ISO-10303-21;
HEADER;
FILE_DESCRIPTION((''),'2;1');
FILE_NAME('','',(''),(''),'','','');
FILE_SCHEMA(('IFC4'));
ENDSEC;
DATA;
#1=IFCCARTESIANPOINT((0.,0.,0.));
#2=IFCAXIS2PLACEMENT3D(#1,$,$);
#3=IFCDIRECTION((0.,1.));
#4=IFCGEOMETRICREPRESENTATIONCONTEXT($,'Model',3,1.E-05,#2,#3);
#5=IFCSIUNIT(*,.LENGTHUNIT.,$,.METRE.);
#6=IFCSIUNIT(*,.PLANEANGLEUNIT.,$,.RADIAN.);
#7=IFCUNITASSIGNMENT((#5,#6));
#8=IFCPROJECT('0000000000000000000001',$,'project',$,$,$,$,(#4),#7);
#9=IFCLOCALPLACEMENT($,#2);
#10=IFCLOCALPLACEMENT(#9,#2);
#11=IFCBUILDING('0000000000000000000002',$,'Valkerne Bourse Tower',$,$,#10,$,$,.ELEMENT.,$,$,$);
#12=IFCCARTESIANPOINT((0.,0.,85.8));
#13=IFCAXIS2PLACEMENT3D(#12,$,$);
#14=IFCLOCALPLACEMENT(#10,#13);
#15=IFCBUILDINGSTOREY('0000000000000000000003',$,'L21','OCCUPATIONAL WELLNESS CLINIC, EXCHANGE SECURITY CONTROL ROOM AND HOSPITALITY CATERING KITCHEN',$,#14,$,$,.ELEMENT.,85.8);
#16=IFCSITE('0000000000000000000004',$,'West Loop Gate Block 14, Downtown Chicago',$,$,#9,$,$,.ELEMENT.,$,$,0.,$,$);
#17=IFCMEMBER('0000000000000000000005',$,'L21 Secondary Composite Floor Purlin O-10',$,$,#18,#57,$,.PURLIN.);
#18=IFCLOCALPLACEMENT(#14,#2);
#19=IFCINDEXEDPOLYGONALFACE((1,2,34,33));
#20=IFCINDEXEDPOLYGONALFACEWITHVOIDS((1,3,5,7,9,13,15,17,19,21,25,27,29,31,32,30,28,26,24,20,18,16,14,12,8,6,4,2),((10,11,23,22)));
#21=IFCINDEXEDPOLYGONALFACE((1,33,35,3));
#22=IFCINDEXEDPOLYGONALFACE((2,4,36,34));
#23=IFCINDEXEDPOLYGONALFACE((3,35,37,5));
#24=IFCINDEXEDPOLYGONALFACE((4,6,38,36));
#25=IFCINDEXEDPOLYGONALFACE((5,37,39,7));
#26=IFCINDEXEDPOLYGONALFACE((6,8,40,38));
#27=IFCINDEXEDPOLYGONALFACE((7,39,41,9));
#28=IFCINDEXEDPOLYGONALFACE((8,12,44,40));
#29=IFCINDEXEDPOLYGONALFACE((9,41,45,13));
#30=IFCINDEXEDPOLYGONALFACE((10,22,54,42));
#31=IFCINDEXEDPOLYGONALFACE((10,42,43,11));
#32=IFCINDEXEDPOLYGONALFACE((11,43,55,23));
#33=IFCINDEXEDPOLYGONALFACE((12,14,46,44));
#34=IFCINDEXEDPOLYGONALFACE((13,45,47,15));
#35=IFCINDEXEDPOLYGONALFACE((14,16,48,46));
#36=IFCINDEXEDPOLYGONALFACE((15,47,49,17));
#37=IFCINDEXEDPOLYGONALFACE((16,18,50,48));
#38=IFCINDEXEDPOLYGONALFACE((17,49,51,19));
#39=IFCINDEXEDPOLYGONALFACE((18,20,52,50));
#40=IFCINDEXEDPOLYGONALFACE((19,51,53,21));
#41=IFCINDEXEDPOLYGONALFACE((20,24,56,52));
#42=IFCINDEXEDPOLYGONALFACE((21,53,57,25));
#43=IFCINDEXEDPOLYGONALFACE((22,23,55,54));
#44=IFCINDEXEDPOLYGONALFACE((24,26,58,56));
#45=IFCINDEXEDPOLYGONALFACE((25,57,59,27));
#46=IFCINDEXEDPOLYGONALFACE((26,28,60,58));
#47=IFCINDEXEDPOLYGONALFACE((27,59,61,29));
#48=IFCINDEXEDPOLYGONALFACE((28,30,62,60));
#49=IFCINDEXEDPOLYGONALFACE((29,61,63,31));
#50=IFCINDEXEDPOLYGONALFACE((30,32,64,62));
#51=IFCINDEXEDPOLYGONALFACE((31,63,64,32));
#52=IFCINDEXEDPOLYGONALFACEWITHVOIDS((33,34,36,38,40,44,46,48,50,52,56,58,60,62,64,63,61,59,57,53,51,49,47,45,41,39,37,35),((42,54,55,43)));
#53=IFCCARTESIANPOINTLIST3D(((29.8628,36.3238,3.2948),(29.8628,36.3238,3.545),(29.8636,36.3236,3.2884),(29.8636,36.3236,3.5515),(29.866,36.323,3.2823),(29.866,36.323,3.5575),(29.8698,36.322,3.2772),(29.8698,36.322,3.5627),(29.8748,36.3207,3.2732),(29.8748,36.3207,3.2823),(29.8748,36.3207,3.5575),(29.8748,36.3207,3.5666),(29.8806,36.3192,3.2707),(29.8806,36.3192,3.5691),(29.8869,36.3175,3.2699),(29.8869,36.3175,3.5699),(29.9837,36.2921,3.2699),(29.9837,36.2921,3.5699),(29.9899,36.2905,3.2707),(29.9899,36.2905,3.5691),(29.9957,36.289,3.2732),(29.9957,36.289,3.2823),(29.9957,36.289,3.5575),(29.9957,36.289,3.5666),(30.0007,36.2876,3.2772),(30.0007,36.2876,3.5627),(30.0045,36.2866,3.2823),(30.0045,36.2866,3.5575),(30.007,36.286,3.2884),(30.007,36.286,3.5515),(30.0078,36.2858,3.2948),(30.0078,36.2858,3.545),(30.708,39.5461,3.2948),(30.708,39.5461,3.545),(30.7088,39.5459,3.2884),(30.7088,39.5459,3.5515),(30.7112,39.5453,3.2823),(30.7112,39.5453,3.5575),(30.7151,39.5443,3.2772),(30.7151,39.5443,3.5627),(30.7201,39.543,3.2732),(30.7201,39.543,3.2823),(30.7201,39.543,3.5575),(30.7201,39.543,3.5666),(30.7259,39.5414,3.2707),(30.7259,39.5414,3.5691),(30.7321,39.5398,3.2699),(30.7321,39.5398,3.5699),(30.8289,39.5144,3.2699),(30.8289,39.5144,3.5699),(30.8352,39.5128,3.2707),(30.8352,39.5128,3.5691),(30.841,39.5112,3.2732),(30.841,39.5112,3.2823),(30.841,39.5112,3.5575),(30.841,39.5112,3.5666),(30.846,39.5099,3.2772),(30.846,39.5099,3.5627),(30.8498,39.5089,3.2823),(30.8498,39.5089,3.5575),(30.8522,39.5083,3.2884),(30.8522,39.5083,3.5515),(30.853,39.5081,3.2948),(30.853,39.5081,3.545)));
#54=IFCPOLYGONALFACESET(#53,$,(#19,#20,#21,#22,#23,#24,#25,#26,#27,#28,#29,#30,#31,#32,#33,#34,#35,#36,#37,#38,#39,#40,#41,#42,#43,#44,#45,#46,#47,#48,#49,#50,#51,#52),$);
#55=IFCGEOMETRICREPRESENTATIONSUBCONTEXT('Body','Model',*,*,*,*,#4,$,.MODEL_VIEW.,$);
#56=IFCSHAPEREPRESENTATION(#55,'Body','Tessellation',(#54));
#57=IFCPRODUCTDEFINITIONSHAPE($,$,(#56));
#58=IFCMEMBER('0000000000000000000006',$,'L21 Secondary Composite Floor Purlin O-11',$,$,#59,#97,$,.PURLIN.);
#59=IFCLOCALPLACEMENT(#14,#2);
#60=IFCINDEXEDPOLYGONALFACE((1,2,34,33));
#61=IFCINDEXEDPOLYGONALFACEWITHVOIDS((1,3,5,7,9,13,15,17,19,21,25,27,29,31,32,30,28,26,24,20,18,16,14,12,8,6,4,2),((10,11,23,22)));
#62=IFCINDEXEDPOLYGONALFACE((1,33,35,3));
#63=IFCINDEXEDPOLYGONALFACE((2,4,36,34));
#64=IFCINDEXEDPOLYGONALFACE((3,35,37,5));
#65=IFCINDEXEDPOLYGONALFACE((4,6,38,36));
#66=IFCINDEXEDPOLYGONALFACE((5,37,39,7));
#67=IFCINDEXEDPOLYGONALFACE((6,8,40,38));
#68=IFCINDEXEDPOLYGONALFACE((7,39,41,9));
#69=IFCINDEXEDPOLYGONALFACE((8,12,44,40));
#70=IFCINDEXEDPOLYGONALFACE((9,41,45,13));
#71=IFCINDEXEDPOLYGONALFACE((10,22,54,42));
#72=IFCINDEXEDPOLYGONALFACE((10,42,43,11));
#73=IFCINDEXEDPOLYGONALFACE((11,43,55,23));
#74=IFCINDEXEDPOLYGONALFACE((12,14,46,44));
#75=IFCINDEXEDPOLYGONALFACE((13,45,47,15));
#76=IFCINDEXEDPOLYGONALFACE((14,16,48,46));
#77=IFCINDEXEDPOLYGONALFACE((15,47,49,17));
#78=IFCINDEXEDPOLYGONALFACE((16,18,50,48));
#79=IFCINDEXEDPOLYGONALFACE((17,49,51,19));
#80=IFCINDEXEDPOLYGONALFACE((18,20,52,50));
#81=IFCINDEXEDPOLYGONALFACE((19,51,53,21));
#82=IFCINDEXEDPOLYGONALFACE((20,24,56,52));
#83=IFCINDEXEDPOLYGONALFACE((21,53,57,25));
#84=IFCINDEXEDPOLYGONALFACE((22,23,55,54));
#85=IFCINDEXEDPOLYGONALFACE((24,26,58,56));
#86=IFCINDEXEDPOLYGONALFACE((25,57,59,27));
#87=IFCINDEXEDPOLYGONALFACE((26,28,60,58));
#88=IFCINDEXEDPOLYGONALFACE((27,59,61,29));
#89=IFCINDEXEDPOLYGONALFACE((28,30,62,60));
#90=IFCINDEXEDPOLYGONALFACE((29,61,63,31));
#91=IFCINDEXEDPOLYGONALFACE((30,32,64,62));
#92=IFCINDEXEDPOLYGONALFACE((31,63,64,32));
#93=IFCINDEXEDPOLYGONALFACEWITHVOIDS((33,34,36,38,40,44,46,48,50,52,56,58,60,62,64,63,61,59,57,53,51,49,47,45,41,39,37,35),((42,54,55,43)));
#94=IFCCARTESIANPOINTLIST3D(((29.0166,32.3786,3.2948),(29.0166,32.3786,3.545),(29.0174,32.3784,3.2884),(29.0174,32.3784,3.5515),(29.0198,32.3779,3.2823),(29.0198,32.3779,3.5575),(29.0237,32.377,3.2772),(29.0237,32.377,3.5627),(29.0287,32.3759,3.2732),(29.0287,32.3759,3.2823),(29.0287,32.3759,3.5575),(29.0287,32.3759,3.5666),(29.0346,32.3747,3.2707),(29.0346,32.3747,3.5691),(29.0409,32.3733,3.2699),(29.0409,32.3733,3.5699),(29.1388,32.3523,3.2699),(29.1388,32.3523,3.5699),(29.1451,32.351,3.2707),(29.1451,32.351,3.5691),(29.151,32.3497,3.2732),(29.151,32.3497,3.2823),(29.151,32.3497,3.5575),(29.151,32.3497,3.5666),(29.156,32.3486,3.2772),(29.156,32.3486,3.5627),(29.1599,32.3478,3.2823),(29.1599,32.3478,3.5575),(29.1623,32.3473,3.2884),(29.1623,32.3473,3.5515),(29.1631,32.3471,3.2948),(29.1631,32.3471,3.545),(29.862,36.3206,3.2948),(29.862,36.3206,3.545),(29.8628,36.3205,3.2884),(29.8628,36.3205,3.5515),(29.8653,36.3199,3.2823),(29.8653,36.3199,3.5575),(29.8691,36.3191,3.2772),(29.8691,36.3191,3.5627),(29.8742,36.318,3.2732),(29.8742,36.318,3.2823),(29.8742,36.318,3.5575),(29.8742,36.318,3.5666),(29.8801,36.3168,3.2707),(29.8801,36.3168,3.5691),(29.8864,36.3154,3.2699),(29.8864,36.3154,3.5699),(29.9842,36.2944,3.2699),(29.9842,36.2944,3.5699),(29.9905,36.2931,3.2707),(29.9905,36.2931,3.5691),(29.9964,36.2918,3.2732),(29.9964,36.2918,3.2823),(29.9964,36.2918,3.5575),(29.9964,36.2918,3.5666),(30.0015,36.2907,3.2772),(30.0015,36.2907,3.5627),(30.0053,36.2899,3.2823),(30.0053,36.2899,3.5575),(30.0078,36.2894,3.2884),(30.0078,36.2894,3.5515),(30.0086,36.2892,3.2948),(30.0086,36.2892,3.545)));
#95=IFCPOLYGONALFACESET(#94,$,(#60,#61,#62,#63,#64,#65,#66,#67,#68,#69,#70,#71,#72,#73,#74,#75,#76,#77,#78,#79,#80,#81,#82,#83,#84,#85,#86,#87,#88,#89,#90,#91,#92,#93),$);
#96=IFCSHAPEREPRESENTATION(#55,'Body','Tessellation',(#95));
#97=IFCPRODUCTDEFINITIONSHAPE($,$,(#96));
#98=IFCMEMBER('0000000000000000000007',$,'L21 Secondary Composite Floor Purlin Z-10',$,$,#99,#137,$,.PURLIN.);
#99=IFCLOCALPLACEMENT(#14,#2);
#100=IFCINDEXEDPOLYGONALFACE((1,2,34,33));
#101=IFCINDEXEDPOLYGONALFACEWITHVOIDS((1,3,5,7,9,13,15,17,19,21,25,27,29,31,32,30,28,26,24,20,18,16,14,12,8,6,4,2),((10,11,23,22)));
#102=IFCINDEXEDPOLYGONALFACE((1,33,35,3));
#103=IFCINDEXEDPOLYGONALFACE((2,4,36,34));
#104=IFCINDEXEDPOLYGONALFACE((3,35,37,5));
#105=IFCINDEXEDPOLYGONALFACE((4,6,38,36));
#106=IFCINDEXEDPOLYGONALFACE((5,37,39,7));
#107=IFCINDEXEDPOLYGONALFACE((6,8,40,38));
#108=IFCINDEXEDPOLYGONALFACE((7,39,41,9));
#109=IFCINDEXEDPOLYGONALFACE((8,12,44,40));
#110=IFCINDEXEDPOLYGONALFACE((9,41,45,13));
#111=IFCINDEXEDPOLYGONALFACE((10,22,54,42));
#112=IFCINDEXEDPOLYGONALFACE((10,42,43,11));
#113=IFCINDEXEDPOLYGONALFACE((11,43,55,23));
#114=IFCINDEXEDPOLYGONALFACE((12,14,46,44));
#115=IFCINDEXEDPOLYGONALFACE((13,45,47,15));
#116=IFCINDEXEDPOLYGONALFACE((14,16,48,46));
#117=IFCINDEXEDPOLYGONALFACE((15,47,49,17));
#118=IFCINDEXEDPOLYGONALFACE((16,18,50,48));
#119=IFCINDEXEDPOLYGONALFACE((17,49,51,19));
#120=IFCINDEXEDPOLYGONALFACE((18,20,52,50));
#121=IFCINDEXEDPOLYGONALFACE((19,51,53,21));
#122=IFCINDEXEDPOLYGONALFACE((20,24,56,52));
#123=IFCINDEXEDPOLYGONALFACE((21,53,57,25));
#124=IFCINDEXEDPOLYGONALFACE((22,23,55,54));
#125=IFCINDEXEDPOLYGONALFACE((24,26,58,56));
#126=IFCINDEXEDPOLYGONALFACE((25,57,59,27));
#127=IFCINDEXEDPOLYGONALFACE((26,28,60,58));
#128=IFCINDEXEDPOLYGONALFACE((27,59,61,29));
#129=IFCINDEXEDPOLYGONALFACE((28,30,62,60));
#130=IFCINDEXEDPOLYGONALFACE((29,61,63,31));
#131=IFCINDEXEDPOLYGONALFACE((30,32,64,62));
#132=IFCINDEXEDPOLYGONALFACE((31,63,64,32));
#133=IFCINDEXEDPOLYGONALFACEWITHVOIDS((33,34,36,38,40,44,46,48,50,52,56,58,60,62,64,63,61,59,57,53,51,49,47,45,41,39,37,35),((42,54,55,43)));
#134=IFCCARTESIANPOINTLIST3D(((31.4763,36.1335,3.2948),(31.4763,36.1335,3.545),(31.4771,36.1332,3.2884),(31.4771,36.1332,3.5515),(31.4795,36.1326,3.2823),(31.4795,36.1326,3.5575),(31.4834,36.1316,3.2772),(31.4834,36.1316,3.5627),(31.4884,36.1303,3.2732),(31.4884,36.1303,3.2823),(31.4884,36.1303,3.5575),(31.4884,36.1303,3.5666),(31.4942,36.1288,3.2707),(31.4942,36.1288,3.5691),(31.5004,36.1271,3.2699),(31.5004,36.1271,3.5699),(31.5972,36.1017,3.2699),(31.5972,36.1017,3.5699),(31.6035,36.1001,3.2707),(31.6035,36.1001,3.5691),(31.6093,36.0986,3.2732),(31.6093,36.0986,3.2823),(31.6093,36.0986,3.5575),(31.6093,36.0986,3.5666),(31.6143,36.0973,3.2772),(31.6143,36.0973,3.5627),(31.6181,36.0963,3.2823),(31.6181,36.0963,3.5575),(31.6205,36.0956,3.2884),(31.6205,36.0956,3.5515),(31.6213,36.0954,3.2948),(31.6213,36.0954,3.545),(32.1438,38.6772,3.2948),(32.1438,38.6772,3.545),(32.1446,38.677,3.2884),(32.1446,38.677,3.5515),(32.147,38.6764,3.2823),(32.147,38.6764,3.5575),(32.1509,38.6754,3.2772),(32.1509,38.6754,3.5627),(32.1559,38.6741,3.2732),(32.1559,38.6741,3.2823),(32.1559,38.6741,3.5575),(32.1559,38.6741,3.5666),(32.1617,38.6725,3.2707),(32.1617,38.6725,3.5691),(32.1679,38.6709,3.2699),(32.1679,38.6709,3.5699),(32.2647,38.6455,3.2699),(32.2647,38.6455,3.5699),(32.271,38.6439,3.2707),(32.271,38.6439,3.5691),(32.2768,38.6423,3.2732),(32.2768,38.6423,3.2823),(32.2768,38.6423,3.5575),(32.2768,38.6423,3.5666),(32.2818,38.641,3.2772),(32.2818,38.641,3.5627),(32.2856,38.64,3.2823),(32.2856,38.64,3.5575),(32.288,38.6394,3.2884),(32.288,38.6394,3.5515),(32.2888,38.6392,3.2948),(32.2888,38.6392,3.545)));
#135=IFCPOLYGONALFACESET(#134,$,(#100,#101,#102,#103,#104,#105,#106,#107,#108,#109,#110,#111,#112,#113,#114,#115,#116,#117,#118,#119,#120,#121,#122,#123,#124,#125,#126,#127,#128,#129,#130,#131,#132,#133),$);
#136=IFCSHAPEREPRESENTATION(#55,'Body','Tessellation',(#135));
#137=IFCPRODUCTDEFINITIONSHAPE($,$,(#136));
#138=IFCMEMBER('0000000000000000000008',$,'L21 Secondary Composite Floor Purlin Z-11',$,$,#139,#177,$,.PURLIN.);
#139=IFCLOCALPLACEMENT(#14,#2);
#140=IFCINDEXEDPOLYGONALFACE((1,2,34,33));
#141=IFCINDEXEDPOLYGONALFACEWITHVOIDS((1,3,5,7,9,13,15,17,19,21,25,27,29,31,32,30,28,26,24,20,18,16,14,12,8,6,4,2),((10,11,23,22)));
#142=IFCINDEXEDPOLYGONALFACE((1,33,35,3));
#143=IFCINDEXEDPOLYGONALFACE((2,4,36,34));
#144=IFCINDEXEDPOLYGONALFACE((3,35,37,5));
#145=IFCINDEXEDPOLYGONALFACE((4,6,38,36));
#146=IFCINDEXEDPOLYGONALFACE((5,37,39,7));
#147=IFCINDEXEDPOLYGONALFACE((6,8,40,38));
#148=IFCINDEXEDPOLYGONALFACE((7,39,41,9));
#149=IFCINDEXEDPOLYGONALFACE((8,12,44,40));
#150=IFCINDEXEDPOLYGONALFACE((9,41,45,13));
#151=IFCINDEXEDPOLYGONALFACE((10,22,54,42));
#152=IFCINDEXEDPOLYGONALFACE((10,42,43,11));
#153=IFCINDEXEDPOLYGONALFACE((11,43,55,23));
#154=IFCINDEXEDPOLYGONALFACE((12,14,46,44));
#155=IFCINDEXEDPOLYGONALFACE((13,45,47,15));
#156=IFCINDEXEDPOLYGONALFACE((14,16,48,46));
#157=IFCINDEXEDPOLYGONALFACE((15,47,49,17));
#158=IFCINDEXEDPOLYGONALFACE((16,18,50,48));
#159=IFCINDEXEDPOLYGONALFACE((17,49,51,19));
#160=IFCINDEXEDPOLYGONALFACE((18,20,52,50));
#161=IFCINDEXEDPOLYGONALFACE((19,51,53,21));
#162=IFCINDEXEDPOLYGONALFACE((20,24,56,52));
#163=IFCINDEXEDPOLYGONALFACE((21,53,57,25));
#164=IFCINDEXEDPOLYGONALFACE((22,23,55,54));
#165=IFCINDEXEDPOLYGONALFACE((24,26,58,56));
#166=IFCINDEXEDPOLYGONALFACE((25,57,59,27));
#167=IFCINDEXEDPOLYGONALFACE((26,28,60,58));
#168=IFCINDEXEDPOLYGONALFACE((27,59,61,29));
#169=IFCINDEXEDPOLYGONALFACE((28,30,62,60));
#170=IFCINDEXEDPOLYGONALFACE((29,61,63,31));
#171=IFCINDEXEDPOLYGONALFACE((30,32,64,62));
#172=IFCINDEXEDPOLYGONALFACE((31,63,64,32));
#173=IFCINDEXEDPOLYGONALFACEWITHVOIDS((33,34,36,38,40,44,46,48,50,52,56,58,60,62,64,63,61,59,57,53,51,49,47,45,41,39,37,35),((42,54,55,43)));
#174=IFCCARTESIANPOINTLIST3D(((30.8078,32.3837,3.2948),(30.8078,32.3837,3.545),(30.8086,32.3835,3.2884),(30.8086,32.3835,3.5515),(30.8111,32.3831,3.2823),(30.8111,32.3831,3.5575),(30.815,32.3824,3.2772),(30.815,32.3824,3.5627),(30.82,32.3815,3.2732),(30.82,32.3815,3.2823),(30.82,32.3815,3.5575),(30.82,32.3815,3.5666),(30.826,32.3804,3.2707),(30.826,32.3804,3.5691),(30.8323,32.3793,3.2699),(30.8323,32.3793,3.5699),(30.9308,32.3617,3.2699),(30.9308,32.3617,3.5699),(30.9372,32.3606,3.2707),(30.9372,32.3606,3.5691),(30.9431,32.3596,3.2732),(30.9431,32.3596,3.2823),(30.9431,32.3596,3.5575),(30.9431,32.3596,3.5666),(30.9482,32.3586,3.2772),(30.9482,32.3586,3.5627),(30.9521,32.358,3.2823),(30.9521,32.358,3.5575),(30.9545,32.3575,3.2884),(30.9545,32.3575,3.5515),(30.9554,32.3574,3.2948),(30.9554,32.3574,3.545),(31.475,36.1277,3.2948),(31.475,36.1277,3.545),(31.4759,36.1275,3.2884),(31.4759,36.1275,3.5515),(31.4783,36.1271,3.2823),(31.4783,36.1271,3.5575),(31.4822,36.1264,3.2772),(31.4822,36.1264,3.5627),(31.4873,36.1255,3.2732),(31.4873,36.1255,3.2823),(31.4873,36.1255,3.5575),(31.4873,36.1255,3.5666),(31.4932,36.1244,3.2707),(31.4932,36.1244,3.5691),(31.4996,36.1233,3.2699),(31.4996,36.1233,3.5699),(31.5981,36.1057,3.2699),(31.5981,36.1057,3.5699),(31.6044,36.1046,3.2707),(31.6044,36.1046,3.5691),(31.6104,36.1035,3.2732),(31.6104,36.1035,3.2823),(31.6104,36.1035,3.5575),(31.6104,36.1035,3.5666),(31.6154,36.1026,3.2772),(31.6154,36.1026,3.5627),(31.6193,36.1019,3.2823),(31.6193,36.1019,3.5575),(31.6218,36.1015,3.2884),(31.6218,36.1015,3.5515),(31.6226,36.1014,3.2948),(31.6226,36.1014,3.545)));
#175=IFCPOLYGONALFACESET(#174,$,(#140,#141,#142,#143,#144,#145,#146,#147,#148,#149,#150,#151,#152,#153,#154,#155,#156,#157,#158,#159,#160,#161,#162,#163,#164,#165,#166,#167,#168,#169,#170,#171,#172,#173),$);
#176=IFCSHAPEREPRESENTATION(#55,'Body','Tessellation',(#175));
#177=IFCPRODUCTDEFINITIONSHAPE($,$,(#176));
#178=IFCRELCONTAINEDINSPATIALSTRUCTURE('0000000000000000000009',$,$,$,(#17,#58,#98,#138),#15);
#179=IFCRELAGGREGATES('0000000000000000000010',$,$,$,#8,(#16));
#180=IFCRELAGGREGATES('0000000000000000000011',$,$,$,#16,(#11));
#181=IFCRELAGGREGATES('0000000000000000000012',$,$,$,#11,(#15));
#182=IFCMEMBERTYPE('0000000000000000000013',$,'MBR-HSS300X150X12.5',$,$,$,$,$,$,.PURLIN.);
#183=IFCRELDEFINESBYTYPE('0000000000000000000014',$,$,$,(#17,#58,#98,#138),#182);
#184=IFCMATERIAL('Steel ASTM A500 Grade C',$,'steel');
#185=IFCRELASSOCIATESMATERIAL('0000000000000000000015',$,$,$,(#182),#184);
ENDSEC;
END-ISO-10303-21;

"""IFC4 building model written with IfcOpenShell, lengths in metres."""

from ifc_helpers import new_model, si_unit, direction, frame, origin, origin_2d, place, context, subcontext, project, spatial, hollow_rectangle, extrude, material, material_profile, profile_set, type_object, element, save


model = new_model("IFC4")

# Units and contexts
model_context = context("Model", 3, precision=1e-05, world=origin(), true_north=direction((0.0, 1.0)))
body_context = subcontext(model_context, "Body", "Model", "MODEL_VIEW")
ifc_project = project(units=[si_unit("LENGTHUNIT", "METRE"), si_unit("PLANEANGLEUNIT", "RADIAN")], contexts=[model_context])

# Site, building, storey
site_placement = place(None, origin())
site = spatial("IfcSite", under=ifc_project, at=site_placement, Name="West Loop Gate Block 14, Downtown Chicago", CompositionType="ELEMENT", RefElevation=0.0)
building_placement = place(site_placement, origin())
building = spatial("IfcBuilding", under=site, at=building_placement, Name="Valkerne Bourse Tower", CompositionType="ELEMENT")
storey_placement = place(building_placement, frame((0.0, 0.0, 85.8)))
storey = spatial("IfcBuildingStorey", under=building, at=storey_placement, Name="L21", Description="OCCUPATIONAL WELLNESS CLINIC, EXCHANGE SECURITY CONTROL ROOM AND HOSPITALITY CATERING KITCHEN", CompositionType="ELEMENT", Elevation=85.8)

# Members
ifc_material_1 = material(Name="Steel ASTM A500 Grade C", Category="steel")
ifc_material_profile_1 = material_profile(ifc_material_1, hollow_rectangle(XDim=0.1499, YDim=0.3, WallThickness=0.0125, OuterFilletRadius=0.0249, at=origin_2d()), Name="HSS300X150X12.5")
ifc_profile_set_1 = profile_set([ifc_material_profile_1], Name="Steel ASTM A500 Grade C")
member_type_1 = type_object("IfcMemberType", Name="MBR-HSS300X150X12.5", PredefinedType="PURLIN", material=ifc_profile_set_1)
member_1_placement = place(storey_placement, frame((30.7805, 39.5271, 3.4199), z_axis=(-0.253728, -0.967275, 0.0), x_axis=(0.967275, -0.253728, 0.0)))
element("IfcMember", 1, at=member_1_placement, inside=storey, type_object=member_type_1, Name="L21 Secondary Composite Floor Purlin O-10", PredefinedType="PURLIN", context=body_context, shape_type="SweptSolid", body=[
    extrude(hollow_rectangle(XDim=0.1499, YDim=0.3, WallThickness=0.0125, OuterFilletRadius=0.0249, at=origin_2d()), origin(), (0.0, 0.0, 1.0), 3.3313),
])
member_2_placement = place(storey_placement, frame((29.9353, 36.3049, 3.4199), z_axis=(-0.209699, -0.977766, 0.0), x_axis=(0.977766, -0.209699, 0.0)))
element("IfcMember", 2, at=member_2_placement, inside=storey, type_object=member_type_1, Name="L21 Secondary Composite Floor Purlin O-11", PredefinedType="PURLIN", context=body_context, shape_type="SweptSolid", body=[
    extrude(hollow_rectangle(XDim=0.1499, YDim=0.3, WallThickness=0.0125, OuterFilletRadius=0.0249, at=origin_2d()), origin(), (0.0, 0.0, 1.0), 4.0317),
])
member_3_placement = place(storey_placement, frame((32.2163, 38.6582, 3.4199), z_axis=(-0.253812, -0.967253, 0.0), x_axis=(0.967253, -0.253812, 0.0)))
element("IfcMember", 3, at=member_3_placement, inside=storey, type_object=member_type_1, Name="L21 Secondary Composite Floor Purlin Z-10", PredefinedType="PURLIN", context=body_context, shape_type="SweptSolid", body=[
    extrude(hollow_rectangle(XDim=0.1499, YDim=0.3, WallThickness=0.0125, OuterFilletRadius=0.0249, at=origin_2d()), origin(), (0.0, 0.0, 1.0), 2.6299),
])
member_4_placement = place(storey_placement, frame((31.5488, 36.1145, 3.4199), z_axis=(-0.175455, -0.984487, 0.0), x_axis=(0.984487, -0.175455, 0.0)))
element("IfcMember", 4, at=member_4_placement, inside=storey, type_object=member_type_1, Name="L21 Secondary Composite Floor Purlin Z-11", PredefinedType="PURLIN", context=body_context, shape_type="SweptSolid", body=[
    extrude(hollow_rectangle(XDim=0.1499, YDim=0.3, WallThickness=0.0125, OuterFilletRadius=0.0249, at=origin_2d()), origin(), (0.0, 0.0, 1.0), 3.803),
])

save(model, "model.ifc")
